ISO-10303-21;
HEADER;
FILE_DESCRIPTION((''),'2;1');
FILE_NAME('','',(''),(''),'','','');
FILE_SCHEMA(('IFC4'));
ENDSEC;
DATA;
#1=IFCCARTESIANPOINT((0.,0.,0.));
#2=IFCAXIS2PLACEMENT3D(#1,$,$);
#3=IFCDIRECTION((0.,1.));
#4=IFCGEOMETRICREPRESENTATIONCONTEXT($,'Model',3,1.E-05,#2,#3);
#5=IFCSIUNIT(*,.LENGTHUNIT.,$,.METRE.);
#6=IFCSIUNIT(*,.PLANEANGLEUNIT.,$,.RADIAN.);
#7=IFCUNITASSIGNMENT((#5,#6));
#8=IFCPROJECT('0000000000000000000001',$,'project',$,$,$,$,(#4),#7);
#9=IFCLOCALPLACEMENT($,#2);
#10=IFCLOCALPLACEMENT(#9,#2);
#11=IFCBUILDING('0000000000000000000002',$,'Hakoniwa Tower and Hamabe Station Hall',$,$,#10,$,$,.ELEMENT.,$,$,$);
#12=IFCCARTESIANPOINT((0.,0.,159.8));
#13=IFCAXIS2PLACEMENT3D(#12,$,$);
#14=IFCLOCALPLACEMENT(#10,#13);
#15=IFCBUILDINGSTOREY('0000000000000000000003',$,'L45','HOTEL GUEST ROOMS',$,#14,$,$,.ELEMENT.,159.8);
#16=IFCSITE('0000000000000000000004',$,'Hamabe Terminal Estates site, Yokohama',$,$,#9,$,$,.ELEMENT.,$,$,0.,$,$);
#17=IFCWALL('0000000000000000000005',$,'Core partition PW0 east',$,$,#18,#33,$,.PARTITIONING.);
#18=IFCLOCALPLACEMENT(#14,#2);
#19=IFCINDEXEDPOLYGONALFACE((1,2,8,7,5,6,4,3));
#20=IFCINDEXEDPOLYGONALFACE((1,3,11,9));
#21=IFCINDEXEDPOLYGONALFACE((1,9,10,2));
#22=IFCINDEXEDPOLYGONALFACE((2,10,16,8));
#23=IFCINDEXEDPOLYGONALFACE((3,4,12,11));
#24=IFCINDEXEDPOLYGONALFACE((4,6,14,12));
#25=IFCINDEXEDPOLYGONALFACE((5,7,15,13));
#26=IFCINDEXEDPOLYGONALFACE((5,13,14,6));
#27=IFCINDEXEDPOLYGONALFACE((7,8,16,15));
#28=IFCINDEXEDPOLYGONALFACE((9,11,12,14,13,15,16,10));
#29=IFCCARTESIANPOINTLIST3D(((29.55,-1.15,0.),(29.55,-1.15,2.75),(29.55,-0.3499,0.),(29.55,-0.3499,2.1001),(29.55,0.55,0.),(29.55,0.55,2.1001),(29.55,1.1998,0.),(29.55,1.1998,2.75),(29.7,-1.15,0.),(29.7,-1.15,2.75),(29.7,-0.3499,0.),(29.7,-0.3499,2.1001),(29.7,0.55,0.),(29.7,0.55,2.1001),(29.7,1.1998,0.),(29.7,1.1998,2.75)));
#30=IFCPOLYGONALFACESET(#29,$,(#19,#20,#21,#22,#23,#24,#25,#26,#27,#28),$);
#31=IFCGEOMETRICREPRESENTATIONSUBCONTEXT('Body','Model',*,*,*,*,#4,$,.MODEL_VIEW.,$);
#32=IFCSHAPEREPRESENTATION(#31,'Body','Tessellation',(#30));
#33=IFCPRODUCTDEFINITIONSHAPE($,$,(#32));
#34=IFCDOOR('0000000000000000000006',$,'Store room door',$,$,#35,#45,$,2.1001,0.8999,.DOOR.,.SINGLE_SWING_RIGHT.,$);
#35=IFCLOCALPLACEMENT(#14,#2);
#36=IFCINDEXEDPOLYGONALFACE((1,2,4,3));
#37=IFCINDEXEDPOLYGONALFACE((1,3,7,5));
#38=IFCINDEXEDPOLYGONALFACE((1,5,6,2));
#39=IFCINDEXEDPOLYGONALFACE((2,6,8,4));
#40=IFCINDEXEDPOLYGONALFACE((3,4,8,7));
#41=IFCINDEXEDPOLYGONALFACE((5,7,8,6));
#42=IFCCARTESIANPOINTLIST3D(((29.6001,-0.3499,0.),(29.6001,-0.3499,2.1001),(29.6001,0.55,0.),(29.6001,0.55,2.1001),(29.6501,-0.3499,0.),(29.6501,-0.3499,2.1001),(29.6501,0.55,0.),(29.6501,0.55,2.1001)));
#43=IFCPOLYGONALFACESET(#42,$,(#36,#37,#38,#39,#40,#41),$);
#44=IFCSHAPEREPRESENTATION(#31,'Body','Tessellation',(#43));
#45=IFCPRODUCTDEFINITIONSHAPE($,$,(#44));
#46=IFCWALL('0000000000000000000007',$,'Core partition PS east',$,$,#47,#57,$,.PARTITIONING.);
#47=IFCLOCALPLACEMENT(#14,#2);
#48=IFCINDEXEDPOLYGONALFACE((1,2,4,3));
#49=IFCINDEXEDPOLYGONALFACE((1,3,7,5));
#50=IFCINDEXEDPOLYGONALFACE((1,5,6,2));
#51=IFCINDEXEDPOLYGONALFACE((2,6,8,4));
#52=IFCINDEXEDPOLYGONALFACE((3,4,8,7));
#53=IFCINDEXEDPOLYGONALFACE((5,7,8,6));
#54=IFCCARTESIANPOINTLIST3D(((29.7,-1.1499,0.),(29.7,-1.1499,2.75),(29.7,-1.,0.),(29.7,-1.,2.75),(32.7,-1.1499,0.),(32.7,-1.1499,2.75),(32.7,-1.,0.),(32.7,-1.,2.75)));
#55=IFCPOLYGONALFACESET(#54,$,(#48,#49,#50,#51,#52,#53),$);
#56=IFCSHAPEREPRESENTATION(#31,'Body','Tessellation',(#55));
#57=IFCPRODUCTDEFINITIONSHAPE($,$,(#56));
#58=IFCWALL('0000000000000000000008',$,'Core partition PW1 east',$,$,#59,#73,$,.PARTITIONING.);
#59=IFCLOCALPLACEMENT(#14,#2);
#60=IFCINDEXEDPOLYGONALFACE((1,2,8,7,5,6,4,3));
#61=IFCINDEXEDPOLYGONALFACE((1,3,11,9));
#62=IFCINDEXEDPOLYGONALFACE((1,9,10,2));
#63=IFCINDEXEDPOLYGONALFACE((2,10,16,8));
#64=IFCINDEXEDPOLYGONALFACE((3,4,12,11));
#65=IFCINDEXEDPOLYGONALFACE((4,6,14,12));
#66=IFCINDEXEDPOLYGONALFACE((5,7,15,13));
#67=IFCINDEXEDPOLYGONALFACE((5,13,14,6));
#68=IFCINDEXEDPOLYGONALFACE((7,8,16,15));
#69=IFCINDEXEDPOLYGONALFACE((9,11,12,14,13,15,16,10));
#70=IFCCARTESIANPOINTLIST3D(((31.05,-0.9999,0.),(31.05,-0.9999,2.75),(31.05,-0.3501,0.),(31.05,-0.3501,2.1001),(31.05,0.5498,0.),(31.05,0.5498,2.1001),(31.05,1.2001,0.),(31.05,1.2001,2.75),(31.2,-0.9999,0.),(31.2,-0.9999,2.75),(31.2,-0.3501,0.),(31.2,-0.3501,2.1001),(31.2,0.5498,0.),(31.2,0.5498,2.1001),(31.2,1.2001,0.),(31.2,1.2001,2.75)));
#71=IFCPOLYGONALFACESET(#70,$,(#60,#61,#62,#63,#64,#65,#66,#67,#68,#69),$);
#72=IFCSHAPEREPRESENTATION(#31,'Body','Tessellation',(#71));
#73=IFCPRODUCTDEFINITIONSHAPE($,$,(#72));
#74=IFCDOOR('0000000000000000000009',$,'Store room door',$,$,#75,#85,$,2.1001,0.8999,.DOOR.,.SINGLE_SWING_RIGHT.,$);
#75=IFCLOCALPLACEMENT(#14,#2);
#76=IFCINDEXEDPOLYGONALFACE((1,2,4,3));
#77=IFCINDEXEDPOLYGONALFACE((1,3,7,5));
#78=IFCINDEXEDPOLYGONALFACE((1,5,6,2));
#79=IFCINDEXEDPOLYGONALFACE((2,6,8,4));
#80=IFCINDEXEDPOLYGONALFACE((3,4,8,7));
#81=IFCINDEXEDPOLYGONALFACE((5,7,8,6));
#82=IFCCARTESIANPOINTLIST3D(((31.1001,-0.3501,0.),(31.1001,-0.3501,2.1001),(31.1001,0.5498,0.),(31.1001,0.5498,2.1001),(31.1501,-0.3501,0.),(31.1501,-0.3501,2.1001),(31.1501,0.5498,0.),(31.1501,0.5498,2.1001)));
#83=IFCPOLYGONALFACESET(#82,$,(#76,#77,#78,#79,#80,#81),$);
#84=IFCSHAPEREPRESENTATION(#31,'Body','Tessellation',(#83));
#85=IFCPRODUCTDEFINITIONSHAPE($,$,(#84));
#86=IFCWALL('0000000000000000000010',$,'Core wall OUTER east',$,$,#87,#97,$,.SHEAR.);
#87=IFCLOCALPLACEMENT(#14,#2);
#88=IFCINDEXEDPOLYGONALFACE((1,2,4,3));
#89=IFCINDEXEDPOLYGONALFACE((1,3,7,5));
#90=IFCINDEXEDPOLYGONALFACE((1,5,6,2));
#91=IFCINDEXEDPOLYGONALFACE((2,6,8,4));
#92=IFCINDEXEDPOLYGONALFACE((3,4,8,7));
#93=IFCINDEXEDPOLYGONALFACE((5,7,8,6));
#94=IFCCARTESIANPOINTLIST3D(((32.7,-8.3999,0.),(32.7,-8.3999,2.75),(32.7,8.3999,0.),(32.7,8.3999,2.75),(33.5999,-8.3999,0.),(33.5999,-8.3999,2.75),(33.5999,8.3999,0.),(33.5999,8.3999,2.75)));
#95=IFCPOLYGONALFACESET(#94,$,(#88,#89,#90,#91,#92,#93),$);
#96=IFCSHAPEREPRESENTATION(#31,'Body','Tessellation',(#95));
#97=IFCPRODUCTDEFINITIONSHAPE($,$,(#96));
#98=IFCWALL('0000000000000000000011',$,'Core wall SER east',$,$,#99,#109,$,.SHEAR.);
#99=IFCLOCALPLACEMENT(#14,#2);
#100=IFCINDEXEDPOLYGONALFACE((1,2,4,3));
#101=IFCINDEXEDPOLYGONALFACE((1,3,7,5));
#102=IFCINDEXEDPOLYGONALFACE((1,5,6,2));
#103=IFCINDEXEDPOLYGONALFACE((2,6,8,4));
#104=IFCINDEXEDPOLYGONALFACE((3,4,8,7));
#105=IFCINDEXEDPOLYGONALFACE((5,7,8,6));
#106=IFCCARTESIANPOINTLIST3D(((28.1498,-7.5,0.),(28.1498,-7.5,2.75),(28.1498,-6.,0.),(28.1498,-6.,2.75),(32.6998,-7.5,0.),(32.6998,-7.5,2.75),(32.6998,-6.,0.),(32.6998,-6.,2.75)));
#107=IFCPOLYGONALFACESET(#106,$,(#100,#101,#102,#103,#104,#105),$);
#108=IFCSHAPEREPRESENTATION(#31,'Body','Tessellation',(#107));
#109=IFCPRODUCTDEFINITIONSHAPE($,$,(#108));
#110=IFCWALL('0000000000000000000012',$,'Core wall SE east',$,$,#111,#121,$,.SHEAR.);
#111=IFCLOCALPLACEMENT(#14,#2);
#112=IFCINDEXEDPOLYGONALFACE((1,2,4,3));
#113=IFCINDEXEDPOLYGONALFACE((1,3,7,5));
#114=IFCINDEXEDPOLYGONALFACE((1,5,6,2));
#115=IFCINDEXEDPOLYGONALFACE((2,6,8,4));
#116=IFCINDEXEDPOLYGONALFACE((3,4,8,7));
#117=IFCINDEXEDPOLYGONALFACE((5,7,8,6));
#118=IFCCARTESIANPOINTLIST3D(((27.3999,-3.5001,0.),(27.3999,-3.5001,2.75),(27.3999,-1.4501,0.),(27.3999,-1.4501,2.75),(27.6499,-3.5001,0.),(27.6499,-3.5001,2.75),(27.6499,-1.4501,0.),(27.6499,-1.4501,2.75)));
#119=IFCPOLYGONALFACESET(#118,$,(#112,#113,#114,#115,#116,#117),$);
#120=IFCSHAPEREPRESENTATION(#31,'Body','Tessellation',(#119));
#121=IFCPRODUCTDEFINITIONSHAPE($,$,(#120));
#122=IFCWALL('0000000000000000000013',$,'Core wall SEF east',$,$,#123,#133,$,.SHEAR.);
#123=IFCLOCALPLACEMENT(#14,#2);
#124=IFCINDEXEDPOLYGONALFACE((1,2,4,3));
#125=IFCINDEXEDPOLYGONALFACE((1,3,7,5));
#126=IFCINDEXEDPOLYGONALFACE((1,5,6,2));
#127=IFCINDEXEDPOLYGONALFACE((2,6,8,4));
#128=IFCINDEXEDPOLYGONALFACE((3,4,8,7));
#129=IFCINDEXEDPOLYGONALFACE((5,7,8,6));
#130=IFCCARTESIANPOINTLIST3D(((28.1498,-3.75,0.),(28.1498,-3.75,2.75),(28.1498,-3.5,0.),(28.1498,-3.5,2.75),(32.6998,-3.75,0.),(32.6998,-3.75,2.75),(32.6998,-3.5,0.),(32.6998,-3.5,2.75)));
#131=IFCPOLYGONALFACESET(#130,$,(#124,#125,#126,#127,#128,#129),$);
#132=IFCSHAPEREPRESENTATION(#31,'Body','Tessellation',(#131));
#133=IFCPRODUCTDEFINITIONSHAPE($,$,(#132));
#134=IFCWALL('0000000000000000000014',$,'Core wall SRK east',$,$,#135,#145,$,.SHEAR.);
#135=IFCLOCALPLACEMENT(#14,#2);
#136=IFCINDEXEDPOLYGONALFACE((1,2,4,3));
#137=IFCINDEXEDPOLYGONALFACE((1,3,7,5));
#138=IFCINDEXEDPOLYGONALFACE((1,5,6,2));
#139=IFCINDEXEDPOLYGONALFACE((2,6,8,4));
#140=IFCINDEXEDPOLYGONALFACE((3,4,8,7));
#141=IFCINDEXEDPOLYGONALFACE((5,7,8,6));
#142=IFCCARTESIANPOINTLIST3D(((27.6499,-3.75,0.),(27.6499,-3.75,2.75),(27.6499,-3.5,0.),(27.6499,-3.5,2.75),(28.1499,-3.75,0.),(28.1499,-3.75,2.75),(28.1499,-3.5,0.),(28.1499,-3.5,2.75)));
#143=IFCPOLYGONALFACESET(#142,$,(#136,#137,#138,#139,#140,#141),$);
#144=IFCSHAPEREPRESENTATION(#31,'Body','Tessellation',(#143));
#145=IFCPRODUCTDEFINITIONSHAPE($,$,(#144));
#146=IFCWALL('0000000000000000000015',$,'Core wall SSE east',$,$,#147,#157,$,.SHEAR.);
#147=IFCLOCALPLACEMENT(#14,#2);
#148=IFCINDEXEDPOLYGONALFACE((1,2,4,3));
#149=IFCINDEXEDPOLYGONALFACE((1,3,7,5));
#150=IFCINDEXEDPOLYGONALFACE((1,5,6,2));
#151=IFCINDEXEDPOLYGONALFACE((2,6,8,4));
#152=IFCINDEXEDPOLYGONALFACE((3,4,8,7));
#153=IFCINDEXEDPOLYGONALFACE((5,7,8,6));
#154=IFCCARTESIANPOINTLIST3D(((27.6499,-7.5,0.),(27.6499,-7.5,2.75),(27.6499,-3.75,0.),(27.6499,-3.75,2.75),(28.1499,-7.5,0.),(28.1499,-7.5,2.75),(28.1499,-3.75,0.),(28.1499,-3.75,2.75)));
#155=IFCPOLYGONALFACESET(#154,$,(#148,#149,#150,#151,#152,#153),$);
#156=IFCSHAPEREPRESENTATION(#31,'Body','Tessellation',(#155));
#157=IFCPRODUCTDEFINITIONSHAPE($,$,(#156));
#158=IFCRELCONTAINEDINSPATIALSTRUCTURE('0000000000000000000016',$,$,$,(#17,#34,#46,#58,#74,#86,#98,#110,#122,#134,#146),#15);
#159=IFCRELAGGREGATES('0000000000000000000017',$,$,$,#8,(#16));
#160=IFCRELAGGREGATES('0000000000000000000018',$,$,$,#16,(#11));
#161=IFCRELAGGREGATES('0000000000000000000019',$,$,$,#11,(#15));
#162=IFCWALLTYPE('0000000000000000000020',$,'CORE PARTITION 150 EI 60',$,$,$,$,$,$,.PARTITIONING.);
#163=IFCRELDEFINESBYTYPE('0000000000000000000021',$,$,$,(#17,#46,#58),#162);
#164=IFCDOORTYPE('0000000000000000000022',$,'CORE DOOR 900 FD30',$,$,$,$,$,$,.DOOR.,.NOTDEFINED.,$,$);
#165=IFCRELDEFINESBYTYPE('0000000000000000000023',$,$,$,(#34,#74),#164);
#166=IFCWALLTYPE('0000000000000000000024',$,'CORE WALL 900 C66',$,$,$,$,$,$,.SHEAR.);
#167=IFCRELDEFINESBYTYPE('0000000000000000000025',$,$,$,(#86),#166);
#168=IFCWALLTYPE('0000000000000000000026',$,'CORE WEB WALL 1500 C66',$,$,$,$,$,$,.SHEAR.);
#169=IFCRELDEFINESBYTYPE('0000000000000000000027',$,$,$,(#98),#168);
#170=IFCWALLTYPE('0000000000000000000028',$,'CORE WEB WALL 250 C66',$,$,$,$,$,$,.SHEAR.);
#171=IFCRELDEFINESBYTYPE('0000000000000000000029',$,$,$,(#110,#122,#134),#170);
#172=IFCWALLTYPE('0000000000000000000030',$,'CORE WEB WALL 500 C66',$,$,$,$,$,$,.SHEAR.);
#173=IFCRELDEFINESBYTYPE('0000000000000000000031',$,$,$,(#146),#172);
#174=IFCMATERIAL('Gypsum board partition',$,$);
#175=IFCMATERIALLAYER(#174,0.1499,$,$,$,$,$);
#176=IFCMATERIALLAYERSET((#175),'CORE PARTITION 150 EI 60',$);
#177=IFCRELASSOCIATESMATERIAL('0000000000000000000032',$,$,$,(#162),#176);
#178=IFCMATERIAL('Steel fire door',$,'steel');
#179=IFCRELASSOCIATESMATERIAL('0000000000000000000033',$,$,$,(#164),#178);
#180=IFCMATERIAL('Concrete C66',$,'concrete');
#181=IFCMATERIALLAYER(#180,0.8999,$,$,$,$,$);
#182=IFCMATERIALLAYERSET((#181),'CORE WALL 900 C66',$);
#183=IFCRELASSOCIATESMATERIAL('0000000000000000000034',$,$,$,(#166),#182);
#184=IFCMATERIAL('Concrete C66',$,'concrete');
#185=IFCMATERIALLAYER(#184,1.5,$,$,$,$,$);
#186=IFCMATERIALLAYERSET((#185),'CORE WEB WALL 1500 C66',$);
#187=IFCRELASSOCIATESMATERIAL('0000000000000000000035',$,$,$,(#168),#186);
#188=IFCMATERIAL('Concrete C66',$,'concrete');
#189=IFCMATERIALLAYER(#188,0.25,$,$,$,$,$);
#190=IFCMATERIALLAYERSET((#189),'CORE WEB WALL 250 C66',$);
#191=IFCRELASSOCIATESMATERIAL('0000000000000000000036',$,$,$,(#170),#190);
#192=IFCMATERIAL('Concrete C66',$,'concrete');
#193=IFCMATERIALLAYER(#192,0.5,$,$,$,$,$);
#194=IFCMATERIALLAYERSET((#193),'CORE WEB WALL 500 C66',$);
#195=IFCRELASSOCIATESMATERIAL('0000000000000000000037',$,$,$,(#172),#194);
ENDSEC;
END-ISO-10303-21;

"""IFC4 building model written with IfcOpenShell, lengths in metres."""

from ifc_helpers import new_model, si_unit, direction, frame, frame_2d, origin, place, context, subcontext, project, spatial, rectangle, extrude, material, layer, layer_set, type_object, element, fill, save


model = new_model("IFC4")

# Units and contexts
model_context = context("Model", 3, precision=1e-05, world=origin(), true_north=direction((0.0, 1.0)))
body_context = subcontext(model_context, "Body", "Model", "MODEL_VIEW")
ifc_project = project(units=[si_unit("LENGTHUNIT", "METRE"), si_unit("PLANEANGLEUNIT", "RADIAN")], contexts=[model_context])

# Site, building, storey
site_placement = place(None, origin())
site = spatial("IfcSite", under=ifc_project, at=site_placement, Name="Hamabe Terminal Estates site, Yokohama", CompositionType="ELEMENT", RefElevation=0.0)
building_placement = place(site_placement, origin())
building = spatial("IfcBuilding", under=site, at=building_placement, Name="Hakoniwa Tower and Hamabe Station Hall", CompositionType="ELEMENT")
storey_placement = place(building_placement, frame((0.0, 0.0, 159.8)))
storey = spatial("IfcBuildingStorey", under=building, at=storey_placement, Name="L45", Description="HOTEL GUEST ROOMS", CompositionType="ELEMENT", Elevation=159.8)

# Wall, opening, door
ifc_material_1 = material(Name="Gypsum board partition")
ifc_layer_1 = layer(ifc_material_1, 0.1499)
ifc_layer_set_1 = layer_set([ifc_layer_1], Name="CORE PARTITION 150 EI 60")
wall_type_1 = type_object("IfcWallType", Name="CORE PARTITION 150 EI 60", PredefinedType="PARTITIONING", material=ifc_layer_set_1)
wall_1_placement = place(storey_placement, frame((29.625, -1.1499, 0.0), z_axis=(0.0, 0.0, 1.0), x_axis=(0.0, 1.0, 0.0)))
wall_1 = element("IfcWall", 1, at=wall_1_placement, inside=storey, type_object=wall_type_1, Name="Core partition PW0 east", PredefinedType="PARTITIONING", context=body_context, shape_type="SweptSolid", body=[
    extrude(rectangle(XDim=2.3499, YDim=0.1499, at=frame_2d((1.1748, 0.0))), origin(), (0.0, 0.0, 1.0), 2.75),
])
opening_1_placement = place(wall_1_placement, frame((0.8, 0.0, 0.0)))
opening_1 = element("IfcOpeningElement", 2, at=opening_1_placement, cuts=wall_1, PredefinedType="OPENING", context=body_context, shape_type="SweptSolid", body=[
    extrude(rectangle(XDim=0.8999, YDim=2.1001, at=frame_2d((0.45, 1.05))), frame((0.0, 0.085, 0.0), z_axis=(0.0, -1.0, 0.0), x_axis=(1.0, 0.0, 0.0)), (0.0, 0.0, 1.0), 0.1699),
])
ifc_material_2 = material(Name="Steel fire door", Category="steel")
door_type_1 = type_object("IfcDoorType", Name="CORE DOOR 900 FD30", OperationType="NOTDEFINED", PredefinedType="DOOR", material=ifc_material_2)
door_1_placement = place(opening_1_placement, origin())
door_1 = element("IfcDoor", 3, at=door_1_placement, inside=storey, type_object=door_type_1, Name="Store room door", OperationType="SINGLE_SWING_RIGHT", OverallHeight=2.1001, OverallWidth=0.8999, PredefinedType="DOOR", context=body_context, shape_type="SweptSolid", body=[
    extrude(rectangle(XDim=0.8999, YDim=2.1001, at=frame_2d((0.45, 1.05))), frame((0.0, 0.0249, 0.0), z_axis=(0.0, -1.0, 0.0), x_axis=(1.0, 0.0, 0.0)), (0.0, 0.0, 1.0), 0.05),
])
fill(opening_1, door_1)

# Wall
wall_2_placement = place(storey_placement, frame((29.7, -1.075, 0.0), z_axis=(0.0, 0.0, 1.0), x_axis=(1.0, 0.0, 0.0)))
element("IfcWall", 4, at=wall_2_placement, inside=storey, type_object=wall_type_1, Name="Core partition PS east", PredefinedType="PARTITIONING", context=body_context, shape_type="SweptSolid", body=[
    extrude(rectangle(XDim=3.0, YDim=0.1499, at=frame_2d((1.5, 0.0))), origin(), (0.0, 0.0, 1.0), 2.75),
])

# Wall, opening, door
wall_3_placement = place(storey_placement, frame((31.125, -1.0, 0.0), z_axis=(0.0, 0.0, 1.0), x_axis=(0.0, 1.0, 0.0)))
wall_3 = element("IfcWall", 5, at=wall_3_placement, inside=storey, type_object=wall_type_1, Name="Core partition PW1 east", PredefinedType="PARTITIONING", context=body_context, shape_type="SweptSolid", body=[
    extrude(rectangle(XDim=2.2, YDim=0.1499, at=frame_2d((1.1001, 0.0))), origin(), (0.0, 0.0, 1.0), 2.75),
])
opening_2_placement = place(wall_3_placement, frame((0.6499, 0.0, 0.0)))
opening_2 = element("IfcOpeningElement", 6, at=opening_2_placement, cuts=wall_3, PredefinedType="OPENING", context=body_context, shape_type="SweptSolid", body=[
    extrude(rectangle(XDim=0.8999, YDim=2.1001, at=frame_2d((0.45, 1.05))), frame((0.0, 0.085, 0.0), z_axis=(0.0, -1.0, 0.0), x_axis=(1.0, 0.0, 0.0)), (0.0, 0.0, 1.0), 0.1699),
])
door_2_placement = place(opening_2_placement, origin())
door_2 = element("IfcDoor", 7, at=door_2_placement, inside=storey, type_object=door_type_1, Name="Store room door", OperationType="SINGLE_SWING_RIGHT", OverallHeight=2.1001, OverallWidth=0.8999, PredefinedType="DOOR", context=body_context, shape_type="SweptSolid", body=[
    extrude(rectangle(XDim=0.8999, YDim=2.1001, at=frame_2d((0.45, 1.05))), frame((0.0, 0.0249, 0.0), z_axis=(0.0, -1.0, 0.0), x_axis=(1.0, 0.0, 0.0)), (0.0, 0.0, 1.0), 0.05),
])
fill(opening_2, door_2)

# Walls
ifc_material_3 = material(Name="Concrete C66", Category="concrete")
ifc_layer_2 = layer(ifc_material_3, 0.8999)
ifc_layer_set_2 = layer_set([ifc_layer_2], Name="CORE WALL 900 C66")
wall_type_2 = type_object("IfcWallType", Name="CORE WALL 900 C66", PredefinedType="SHEAR", material=ifc_layer_set_2)
wall_4_placement = place(storey_placement, frame((33.1499, -8.3999, 0.0), z_axis=(0.0, 0.0, 1.0), x_axis=(0.0, 1.0, 0.0)))
element("IfcWall", 8, at=wall_4_placement, inside=storey, type_object=wall_type_2, Name="Core wall OUTER east", PredefinedType="SHEAR", context=body_context, shape_type="SweptSolid", body=[
    extrude(rectangle(XDim=16.7998, YDim=0.8999, at=frame_2d((8.3999, 0.0))), origin(), (0.0, 0.0, 1.0), 2.75),
])
ifc_material_4 = material(Name="Concrete C66", Category="concrete")
ifc_layer_3 = layer(ifc_material_4, 1.5)
ifc_layer_set_3 = layer_set([ifc_layer_3], Name="CORE WEB WALL 1500 C66")
wall_type_3 = type_object("IfcWallType", Name="CORE WEB WALL 1500 C66", PredefinedType="SHEAR", material=ifc_layer_set_3)
wall_5_placement = place(storey_placement, frame((28.1499, -6.75, 0.0), z_axis=(0.0, 0.0, 1.0), x_axis=(1.0, 0.0, 0.0)))
element("IfcWall", 9, at=wall_5_placement, inside=storey, type_object=wall_type_3, Name="Core wall SER east", PredefinedType="SHEAR", context=body_context, shape_type="SweptSolid", body=[
    extrude(rectangle(XDim=4.55, YDim=1.5, at=frame_2d((2.2749, 0.0))), origin(), (0.0, 0.0, 1.0), 2.75),
])
ifc_material_5 = material(Name="Concrete C66", Category="concrete")
ifc_layer_4 = layer(ifc_material_5, 0.25)
ifc_layer_set_4 = layer_set([ifc_layer_4], Name="CORE WEB WALL 250 C66")
wall_type_4 = type_object("IfcWallType", Name="CORE WEB WALL 250 C66", PredefinedType="SHEAR", material=ifc_layer_set_4)
wall_6_placement = place(storey_placement, frame((27.5249, -3.5, 0.0), z_axis=(0.0, 0.0, 1.0), x_axis=(0.0, 1.0, 0.0)))
element("IfcWall", 10, at=wall_6_placement, inside=storey, type_object=wall_type_4, Name="Core wall SE east", PredefinedType="SHEAR", context=body_context, shape_type="SweptSolid", body=[
    extrude(rectangle(XDim=2.05, YDim=0.25, at=frame_2d((1.0249, 0.0))), origin(), (0.0, 0.0, 1.0), 2.75),
])
wall_7_placement = place(storey_placement, frame((28.1499, -3.625, 0.0), z_axis=(0.0, 0.0, 1.0), x_axis=(1.0, 0.0, 0.0)))
element("IfcWall", 11, at=wall_7_placement, inside=storey, type_object=wall_type_4, Name="Core wall SEF east", PredefinedType="SHEAR", context=body_context, shape_type="SweptSolid", body=[
    extrude(rectangle(XDim=4.55, YDim=0.25, at=frame_2d((2.2749, 0.0))), origin(), (0.0, 0.0, 1.0), 2.75),
])
wall_8_placement = place(storey_placement, frame((27.6499, -3.625, 0.0), z_axis=(0.0, 0.0, 1.0), x_axis=(1.0, 0.0, 0.0)))
element("IfcWall", 12, at=wall_8_placement, inside=storey, type_object=wall_type_4, Name="Core wall SRK east", PredefinedType="SHEAR", context=body_context, shape_type="SweptSolid", body=[
    extrude(rectangle(XDim=0.5, YDim=0.25, at=frame_2d((0.25, 0.0))), origin(), (0.0, 0.0, 1.0), 2.75),
])
ifc_material_6 = material(Name="Concrete C66", Category="concrete")
ifc_layer_5 = layer(ifc_material_6, 0.5)
ifc_layer_set_5 = layer_set([ifc_layer_5], Name="CORE WEB WALL 500 C66")
wall_type_5 = type_object("IfcWallType", Name="CORE WEB WALL 500 C66", PredefinedType="SHEAR", material=ifc_layer_set_5)
wall_9_placement = place(storey_placement, frame((27.8999, -7.5, 0.0), z_axis=(0.0, 0.0, 1.0), x_axis=(0.0, 1.0, 0.0)))
element("IfcWall", 13, at=wall_9_placement, inside=storey, type_object=wall_type_5, Name="Core wall SSE east", PredefinedType="SHEAR", context=body_context, shape_type="SweptSolid", body=[
    extrude(rectangle(XDim=3.75, YDim=0.5, at=frame_2d((1.875, 0.0))), origin(), (0.0, 0.0, 1.0), 2.75),
])

save(model, "model.ifc")
